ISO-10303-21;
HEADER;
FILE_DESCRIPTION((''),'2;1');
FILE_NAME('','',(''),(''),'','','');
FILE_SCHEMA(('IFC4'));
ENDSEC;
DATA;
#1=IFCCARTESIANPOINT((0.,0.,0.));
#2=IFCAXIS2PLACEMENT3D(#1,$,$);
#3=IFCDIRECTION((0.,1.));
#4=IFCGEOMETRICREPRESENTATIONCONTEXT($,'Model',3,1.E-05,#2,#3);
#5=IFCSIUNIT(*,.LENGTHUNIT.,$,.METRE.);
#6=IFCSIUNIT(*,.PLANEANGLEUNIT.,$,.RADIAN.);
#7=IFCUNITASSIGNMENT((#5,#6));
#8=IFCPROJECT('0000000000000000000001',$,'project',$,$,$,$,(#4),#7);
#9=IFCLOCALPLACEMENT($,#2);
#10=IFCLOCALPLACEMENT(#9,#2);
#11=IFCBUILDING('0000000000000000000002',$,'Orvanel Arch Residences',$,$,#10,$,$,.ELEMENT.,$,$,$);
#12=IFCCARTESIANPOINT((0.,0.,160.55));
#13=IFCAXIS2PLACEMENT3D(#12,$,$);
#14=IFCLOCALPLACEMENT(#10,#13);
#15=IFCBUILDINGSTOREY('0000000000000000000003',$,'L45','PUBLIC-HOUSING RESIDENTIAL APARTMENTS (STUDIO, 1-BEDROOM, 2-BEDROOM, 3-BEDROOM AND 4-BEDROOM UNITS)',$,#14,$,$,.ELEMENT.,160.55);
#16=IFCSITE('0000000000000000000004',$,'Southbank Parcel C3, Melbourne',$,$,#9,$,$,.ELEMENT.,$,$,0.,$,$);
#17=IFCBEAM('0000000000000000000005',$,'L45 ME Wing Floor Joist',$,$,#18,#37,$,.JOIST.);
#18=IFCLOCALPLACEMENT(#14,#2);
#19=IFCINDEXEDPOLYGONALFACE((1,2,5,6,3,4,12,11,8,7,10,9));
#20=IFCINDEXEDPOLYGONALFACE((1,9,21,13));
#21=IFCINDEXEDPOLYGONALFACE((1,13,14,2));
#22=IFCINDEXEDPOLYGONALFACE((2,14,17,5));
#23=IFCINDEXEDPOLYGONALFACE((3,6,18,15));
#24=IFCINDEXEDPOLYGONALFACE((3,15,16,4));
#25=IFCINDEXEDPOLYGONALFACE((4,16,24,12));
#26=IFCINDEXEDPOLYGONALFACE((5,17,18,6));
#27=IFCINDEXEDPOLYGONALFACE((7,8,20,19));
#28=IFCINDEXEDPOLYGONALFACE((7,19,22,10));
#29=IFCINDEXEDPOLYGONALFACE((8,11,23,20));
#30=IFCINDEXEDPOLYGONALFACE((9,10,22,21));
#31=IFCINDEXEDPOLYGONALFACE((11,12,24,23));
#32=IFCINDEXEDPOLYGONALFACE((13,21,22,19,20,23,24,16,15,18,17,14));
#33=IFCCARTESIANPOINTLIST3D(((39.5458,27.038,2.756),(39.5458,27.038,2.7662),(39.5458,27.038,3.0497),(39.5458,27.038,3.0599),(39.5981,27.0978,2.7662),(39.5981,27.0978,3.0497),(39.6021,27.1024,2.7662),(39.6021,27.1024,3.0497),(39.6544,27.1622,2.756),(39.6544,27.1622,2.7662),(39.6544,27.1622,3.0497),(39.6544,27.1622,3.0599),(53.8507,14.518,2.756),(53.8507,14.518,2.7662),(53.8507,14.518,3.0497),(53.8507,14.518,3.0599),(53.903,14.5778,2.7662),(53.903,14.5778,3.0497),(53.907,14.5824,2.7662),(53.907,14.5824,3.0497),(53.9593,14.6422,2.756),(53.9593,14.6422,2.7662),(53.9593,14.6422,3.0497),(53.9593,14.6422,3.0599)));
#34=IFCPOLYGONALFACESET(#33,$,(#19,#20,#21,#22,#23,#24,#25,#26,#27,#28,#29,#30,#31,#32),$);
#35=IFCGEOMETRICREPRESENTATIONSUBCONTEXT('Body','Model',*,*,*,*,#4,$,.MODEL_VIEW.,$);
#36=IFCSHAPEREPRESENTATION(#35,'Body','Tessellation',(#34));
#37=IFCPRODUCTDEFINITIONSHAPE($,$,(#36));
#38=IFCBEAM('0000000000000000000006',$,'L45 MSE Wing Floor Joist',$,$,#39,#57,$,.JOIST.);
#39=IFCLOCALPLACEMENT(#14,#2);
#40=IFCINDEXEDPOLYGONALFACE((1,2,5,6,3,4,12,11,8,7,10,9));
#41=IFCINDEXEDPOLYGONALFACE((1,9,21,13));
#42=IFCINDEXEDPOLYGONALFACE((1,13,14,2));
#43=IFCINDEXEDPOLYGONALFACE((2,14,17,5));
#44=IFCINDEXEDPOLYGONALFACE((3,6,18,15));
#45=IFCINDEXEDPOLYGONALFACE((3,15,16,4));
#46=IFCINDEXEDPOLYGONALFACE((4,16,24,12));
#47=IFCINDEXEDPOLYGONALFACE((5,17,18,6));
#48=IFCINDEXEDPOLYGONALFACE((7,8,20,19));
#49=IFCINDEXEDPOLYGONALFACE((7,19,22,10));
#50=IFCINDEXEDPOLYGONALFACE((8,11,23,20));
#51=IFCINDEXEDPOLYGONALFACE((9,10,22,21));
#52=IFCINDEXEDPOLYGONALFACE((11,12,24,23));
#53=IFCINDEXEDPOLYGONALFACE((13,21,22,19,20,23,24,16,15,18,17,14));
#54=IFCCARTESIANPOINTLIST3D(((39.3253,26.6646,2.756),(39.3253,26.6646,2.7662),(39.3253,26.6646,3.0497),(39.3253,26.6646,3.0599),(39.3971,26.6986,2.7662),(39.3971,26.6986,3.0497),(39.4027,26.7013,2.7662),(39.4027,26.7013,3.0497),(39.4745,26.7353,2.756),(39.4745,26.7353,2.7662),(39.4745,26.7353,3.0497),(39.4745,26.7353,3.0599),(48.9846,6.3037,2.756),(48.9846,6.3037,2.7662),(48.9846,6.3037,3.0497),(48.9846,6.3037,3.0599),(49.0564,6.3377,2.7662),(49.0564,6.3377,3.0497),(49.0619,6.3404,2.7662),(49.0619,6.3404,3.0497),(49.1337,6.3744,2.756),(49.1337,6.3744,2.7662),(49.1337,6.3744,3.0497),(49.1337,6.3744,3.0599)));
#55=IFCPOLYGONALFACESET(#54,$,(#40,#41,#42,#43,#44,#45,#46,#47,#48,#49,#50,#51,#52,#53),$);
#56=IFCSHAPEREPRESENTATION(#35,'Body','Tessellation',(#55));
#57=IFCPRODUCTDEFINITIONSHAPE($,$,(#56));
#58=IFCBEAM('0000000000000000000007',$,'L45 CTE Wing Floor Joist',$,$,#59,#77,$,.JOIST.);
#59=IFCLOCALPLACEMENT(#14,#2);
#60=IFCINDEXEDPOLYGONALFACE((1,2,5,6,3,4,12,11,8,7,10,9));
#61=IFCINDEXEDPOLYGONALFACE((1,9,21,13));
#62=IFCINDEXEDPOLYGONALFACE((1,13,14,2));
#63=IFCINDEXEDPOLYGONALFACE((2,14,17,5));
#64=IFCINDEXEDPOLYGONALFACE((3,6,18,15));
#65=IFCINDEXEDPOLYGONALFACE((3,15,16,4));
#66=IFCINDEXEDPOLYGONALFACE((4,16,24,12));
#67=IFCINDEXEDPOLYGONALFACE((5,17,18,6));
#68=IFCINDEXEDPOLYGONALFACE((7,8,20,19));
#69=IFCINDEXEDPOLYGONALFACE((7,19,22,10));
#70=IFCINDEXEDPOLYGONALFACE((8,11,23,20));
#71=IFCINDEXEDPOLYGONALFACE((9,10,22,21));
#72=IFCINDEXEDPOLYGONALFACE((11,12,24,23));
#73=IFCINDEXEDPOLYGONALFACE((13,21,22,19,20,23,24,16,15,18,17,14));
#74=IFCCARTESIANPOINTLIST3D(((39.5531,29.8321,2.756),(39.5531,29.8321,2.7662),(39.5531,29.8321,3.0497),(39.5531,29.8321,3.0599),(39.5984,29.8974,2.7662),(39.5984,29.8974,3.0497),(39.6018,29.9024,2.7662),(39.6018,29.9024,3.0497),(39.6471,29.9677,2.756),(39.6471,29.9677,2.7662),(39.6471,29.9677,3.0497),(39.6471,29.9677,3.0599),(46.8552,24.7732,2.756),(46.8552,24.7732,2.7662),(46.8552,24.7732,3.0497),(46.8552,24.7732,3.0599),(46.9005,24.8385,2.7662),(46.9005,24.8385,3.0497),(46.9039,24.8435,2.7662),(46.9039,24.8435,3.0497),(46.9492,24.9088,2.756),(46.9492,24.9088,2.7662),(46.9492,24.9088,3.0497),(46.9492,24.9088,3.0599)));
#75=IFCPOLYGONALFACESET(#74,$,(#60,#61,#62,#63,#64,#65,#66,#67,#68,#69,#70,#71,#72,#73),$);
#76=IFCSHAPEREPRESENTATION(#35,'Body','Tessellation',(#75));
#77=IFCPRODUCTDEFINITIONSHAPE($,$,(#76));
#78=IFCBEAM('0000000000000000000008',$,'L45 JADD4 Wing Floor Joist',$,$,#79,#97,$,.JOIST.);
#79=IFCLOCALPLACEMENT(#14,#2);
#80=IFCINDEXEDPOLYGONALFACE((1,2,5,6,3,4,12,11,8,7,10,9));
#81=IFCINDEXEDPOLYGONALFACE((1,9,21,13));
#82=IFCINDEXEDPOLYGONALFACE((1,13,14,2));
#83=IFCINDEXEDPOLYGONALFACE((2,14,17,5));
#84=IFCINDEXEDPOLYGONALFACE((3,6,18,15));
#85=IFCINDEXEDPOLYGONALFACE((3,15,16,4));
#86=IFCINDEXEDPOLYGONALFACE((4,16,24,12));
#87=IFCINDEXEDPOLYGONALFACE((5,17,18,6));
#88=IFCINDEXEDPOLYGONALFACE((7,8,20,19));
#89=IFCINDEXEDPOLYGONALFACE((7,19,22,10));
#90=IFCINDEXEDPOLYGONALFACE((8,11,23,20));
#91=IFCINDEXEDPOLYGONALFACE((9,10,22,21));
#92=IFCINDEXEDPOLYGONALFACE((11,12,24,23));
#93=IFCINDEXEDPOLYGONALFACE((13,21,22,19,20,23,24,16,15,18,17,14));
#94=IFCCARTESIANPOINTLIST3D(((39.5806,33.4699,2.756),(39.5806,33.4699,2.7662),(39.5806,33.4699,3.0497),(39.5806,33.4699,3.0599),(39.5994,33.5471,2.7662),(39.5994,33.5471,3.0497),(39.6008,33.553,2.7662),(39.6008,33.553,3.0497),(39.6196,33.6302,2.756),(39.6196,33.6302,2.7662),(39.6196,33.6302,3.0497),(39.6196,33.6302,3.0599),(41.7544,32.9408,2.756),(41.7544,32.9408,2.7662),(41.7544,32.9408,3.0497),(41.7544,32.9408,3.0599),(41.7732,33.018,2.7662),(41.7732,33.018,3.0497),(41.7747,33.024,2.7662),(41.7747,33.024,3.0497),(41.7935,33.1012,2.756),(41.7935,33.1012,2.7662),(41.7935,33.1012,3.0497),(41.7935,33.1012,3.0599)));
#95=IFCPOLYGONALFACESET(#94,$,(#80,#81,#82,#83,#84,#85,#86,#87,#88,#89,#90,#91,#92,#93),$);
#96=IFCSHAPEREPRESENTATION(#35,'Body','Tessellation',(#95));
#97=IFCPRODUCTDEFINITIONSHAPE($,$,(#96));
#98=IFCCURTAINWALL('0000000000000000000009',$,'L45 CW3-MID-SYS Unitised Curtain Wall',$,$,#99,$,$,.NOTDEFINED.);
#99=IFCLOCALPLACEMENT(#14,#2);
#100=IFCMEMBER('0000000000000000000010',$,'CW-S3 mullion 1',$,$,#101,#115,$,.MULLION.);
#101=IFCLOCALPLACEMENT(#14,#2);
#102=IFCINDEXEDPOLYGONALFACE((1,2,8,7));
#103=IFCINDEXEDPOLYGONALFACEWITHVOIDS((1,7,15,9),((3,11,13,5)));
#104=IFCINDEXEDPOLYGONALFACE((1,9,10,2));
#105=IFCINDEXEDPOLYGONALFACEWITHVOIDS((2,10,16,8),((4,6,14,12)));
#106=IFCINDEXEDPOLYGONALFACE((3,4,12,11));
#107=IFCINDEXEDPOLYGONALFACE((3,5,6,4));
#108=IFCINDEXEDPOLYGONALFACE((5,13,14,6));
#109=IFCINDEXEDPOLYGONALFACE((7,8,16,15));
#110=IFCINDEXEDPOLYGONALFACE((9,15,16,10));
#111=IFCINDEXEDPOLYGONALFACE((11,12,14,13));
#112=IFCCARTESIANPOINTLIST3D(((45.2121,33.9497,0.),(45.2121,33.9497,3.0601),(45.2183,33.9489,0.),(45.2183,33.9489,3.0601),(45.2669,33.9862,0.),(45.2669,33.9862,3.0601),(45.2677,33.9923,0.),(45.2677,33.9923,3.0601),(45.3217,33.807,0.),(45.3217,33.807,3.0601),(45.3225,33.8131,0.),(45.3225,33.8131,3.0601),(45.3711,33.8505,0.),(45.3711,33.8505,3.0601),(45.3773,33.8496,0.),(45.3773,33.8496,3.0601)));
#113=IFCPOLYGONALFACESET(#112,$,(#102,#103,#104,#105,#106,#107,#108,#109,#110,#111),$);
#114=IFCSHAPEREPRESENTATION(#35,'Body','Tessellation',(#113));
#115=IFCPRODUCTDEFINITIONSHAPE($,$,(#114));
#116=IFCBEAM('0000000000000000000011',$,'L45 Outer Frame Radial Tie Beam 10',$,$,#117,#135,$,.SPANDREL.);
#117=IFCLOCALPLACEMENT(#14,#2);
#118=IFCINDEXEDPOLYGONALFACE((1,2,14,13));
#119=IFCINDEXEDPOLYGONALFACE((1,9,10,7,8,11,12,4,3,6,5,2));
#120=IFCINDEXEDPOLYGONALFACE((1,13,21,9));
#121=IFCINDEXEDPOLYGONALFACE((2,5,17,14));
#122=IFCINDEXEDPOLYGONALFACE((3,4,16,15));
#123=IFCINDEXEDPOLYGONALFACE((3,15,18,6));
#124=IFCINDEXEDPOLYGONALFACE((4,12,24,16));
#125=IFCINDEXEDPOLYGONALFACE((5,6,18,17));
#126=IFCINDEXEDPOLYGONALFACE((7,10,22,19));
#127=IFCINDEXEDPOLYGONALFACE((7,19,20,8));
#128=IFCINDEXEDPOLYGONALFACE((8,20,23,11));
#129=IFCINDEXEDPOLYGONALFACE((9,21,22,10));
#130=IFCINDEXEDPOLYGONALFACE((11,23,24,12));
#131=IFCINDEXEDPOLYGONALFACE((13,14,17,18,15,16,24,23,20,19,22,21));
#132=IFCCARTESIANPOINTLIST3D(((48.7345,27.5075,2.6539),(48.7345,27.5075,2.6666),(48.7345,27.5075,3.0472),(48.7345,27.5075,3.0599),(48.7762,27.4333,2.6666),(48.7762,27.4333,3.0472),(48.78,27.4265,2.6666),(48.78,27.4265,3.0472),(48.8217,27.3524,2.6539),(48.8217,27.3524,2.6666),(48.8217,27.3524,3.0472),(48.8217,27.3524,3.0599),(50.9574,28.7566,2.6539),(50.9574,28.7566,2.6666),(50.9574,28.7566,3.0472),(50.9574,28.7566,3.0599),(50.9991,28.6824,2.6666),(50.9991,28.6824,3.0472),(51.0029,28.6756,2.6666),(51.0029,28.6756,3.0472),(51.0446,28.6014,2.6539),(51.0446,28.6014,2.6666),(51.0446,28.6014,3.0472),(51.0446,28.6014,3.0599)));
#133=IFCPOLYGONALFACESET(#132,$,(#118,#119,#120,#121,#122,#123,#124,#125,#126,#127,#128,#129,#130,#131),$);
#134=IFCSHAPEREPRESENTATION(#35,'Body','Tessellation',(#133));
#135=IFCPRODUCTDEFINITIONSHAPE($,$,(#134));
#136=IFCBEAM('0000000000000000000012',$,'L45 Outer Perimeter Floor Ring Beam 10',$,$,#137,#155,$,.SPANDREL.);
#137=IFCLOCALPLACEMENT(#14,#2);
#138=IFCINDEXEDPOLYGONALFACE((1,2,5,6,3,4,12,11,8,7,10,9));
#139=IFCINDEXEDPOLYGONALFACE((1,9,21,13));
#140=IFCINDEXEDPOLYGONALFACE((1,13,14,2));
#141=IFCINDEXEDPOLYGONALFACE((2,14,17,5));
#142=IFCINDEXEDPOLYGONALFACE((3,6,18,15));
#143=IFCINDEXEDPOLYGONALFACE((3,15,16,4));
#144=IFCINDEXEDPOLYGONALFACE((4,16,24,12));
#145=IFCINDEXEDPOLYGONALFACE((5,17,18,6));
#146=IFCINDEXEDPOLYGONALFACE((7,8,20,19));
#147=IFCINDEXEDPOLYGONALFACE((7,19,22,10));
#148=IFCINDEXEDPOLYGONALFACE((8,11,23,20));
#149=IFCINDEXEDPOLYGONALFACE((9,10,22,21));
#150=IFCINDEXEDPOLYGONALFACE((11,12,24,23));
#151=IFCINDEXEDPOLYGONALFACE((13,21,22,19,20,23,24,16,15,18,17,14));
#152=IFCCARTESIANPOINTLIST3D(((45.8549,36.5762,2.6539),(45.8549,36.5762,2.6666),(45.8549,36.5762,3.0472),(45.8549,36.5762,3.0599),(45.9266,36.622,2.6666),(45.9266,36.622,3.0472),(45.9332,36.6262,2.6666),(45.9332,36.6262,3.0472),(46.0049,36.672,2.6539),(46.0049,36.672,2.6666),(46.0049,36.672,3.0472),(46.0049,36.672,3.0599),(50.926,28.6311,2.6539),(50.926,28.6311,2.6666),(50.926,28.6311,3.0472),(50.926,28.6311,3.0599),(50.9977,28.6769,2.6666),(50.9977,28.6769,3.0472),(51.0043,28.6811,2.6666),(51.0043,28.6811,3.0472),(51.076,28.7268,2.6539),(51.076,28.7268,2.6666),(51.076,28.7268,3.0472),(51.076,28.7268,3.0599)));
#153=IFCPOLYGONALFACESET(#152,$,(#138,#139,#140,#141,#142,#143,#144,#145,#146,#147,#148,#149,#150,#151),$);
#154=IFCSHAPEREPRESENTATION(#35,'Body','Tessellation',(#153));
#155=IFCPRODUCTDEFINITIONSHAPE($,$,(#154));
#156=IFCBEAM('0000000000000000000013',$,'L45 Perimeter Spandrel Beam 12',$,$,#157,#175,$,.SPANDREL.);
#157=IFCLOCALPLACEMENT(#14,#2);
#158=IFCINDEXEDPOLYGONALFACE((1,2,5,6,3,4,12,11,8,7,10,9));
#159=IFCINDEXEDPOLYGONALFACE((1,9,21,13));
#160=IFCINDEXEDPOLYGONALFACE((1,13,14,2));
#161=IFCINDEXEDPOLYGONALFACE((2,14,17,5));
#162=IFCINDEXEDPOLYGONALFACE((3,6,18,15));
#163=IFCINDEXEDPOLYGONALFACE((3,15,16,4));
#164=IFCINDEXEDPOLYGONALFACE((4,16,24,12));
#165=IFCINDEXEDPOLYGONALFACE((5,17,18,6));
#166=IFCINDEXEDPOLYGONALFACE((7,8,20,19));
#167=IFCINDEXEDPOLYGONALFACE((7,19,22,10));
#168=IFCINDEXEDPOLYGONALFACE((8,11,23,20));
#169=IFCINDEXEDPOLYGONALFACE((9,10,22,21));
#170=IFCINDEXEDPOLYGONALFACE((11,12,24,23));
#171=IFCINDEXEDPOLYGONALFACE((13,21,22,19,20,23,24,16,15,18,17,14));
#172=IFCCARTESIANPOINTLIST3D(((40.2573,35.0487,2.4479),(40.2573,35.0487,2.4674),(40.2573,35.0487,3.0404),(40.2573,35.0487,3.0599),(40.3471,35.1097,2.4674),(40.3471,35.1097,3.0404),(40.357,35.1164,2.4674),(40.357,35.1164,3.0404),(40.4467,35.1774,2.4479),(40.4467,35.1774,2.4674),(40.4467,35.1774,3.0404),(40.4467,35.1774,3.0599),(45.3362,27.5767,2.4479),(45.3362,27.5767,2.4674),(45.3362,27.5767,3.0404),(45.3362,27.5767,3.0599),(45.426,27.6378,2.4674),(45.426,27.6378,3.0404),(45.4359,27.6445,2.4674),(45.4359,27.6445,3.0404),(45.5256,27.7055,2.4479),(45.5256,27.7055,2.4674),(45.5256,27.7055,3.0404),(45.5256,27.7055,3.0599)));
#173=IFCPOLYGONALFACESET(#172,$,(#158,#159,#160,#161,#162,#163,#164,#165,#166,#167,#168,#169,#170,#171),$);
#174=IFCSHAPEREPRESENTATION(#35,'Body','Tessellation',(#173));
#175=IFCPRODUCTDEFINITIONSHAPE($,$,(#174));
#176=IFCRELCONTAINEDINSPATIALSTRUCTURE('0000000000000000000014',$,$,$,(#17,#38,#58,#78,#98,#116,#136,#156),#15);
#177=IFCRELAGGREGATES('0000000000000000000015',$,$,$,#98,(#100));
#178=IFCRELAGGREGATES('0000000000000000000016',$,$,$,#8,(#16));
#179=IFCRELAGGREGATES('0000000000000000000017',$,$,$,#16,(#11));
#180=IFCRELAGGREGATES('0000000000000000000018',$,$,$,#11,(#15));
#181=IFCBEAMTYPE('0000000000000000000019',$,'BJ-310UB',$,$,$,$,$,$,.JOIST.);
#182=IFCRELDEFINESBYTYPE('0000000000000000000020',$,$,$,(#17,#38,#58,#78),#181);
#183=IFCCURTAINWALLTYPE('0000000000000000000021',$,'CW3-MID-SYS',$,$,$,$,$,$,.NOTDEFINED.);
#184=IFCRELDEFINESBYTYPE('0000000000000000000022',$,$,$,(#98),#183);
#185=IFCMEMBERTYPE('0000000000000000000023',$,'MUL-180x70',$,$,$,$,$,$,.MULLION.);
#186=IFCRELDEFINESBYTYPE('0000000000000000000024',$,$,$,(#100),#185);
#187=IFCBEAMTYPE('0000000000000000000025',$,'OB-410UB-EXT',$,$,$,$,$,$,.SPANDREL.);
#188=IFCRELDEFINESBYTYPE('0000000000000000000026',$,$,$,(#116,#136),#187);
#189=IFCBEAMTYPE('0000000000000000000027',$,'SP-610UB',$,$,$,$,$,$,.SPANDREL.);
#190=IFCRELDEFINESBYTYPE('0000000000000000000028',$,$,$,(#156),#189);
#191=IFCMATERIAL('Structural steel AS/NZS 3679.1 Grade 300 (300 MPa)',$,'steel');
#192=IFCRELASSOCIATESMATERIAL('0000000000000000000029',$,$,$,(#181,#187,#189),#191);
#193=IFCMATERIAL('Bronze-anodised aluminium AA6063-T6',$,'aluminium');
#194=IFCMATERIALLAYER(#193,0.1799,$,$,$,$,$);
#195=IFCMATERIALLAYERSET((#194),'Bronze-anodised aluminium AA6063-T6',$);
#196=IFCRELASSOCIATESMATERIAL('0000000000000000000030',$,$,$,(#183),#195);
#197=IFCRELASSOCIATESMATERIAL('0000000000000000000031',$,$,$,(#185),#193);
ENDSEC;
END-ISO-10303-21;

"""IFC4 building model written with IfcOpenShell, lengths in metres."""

from ifc_helpers import new_model, si_unit, direction, frame, origin, origin_2d, place, context, subcontext, project, spatial, hollow_rectangle, i_section, extrude, material, layer, layer_set, material_profile, profile_set, type_object, element, aggregate, save


model = new_model("IFC4")

# Units and contexts
model_context = context("Model", 3, precision=1e-05, world=origin(), true_north=direction((0.0, 1.0)))
body_context = subcontext(model_context, "Body", "Model", "MODEL_VIEW")
ifc_project = project(units=[si_unit("LENGTHUNIT", "METRE"), si_unit("PLANEANGLEUNIT", "RADIAN")], contexts=[model_context])

# Site, building, storey
site_placement = place(None, origin())
site = spatial("IfcSite", under=ifc_project, at=site_placement, Name="Southbank Parcel C3, Melbourne", CompositionType="ELEMENT", RefElevation=0.0)
building_placement = place(site_placement, origin())
building = spatial("IfcBuilding", under=site, at=building_placement, Name="Orvanel Arch Residences", CompositionType="ELEMENT")
storey_placement = place(building_placement, frame((0.0, 0.0, 160.55)))
storey = spatial("IfcBuildingStorey", under=building, at=storey_placement, Name="L45", Description="PUBLIC-HOUSING RESIDENTIAL APARTMENTS (STUDIO, 1-BEDROOM, 2-BEDROOM, 3-BEDROOM AND 4-BEDROOM UNITS)", CompositionType="ELEMENT", Elevation=160.55)

# Beams
ifc_material_1 = material(Name="Structural steel AS/NZS 3679.1 Grade 300 (300 MPa)", Category="steel")
ifc_material_profile_1 = material_profile(ifc_material_1, i_section(OverallWidth=0.165, OverallDepth=0.304, WebThickness=0.0061, FlangeThickness=0.0103, at=origin_2d()), Name="310UB40.4")
ifc_profile_set_1 = profile_set([ifc_material_profile_1], Name="Structural steel AS/NZS 3679.1 Grade 300 (300 MPa)")
beam_type_1 = type_object("IfcBeamType", Name="BJ-310UB", PredefinedType="JOIST", material=ifc_profile_set_1)
beam_1_placement = place(storey_placement, frame((39.6001, 27.1001, 2.908), z_axis=(0.752493, -0.6586, 0.0), x_axis=(0.6586, 0.752493, 0.0)))
element("IfcBeam", 1, at=beam_1_placement, inside=storey, type_object=beam_type_1, Name="L45 ME Wing Floor Joist", PredefinedType="JOIST", context=body_context, shape_type="SweptSolid", body=[
    extrude(i_section(OverallWidth=0.165, OverallDepth=0.304, WebThickness=0.0061, FlangeThickness=0.0103, at=origin_2d()), origin(), (0.0, 0.0, 1.0), 19.01),
])
beam_2_placement = place(storey_placement, frame((39.3999, 26.7, 2.908), z_axis=(0.428614, -0.903488, 0.0), x_axis=(0.903488, 0.428614, 0.0)))
element("IfcBeam", 2, at=beam_2_placement, inside=storey, type_object=beam_type_1, Name="L45 MSE Wing Floor Joist", PredefinedType="JOIST", context=body_context, shape_type="SweptSolid", body=[
    extrude(i_section(OverallWidth=0.165, OverallDepth=0.304, WebThickness=0.0061, FlangeThickness=0.0103, at=origin_2d()), origin(), (0.0, 0.0, 1.0), 22.5359),
])
beam_3_placement = place(storey_placement, frame((39.6001, 29.8999, 2.908), z_axis=(0.822002, -0.569484, 0.0), x_axis=(0.569484, 0.822002, 0.0)))
element("IfcBeam", 3, at=beam_3_placement, inside=storey, type_object=beam_type_1, Name="L45 CTE Wing Floor Joist", PredefinedType="JOIST", context=body_context, shape_type="SweptSolid", body=[
    extrude(i_section(OverallWidth=0.165, OverallDepth=0.304, WebThickness=0.0061, FlangeThickness=0.0103, at=origin_2d()), origin(), (0.0, 0.0, 1.0), 8.8833),
])
beam_4_placement = place(storey_placement, frame((39.6001, 33.55, 2.908), z_axis=(0.971638, -0.236471, 0.0), x_axis=(0.236471, 0.971638, 0.0)))
element("IfcBeam", 4, at=beam_4_placement, inside=storey, type_object=beam_type_1, Name="L45 JADD4 Wing Floor Joist", PredefinedType="JOIST", context=body_context, shape_type="SweptSolid", body=[
    extrude(i_section(OverallWidth=0.165, OverallDepth=0.304, WebThickness=0.0061, FlangeThickness=0.0103, at=origin_2d()), origin(), (0.0, 0.0, 1.0), 2.2373),
])

# Curtain wall, member
ifc_material_2 = material(Name="Bronze-anodised aluminium AA6063-T6", Category="aluminium")
ifc_layer_1 = layer(ifc_material_2, 0.1799)
ifc_layer_set_1 = layer_set([ifc_layer_1], Name="Bronze-anodised aluminium AA6063-T6")
curtain_wall_type = type_object("IfcCurtainWallType", Name="CW3-MID-SYS", PredefinedType="NOTDEFINED", material=ifc_layer_set_1)
curtain_wall_placement = place(storey_placement, origin())
curtain_wall = element("IfcCurtainWall", 5, at=curtain_wall_placement, inside=storey, type_object=curtain_wall_type, Name="L45 CW3-MID-SYS Unitised Curtain Wall", PredefinedType="NOTDEFINED")
ifc_material_profile_2 = material_profile(ifc_material_2, hollow_rectangle(XDim=0.0701, YDim=0.1799, WallThickness=0.0044, at=origin_2d()), Name="ALU180x70x4.5")
ifc_profile_set_2 = profile_set([ifc_material_profile_2], Name="Bronze-anodised aluminium AA6063-T6")
member_type_1 = type_object("IfcMemberType", Name="MUL-180x70", PredefinedType="MULLION", material=ifc_profile_set_2)
member_1_placement = place(storey_placement, frame((45.2947, 33.8997, 0.0), z_axis=(0.0, 0.0, 1.0), x_axis=(-0.793095, -0.609099, 0.0)))
member_1 = element("IfcMember", 6, at=member_1_placement, type_object=member_type_1, Name="CW-S3 mullion 1", PredefinedType="MULLION", context=body_context, shape_type="SweptSolid", body=[
    extrude(hollow_rectangle(XDim=0.0701, YDim=0.1799, WallThickness=0.0044, at=origin_2d()), origin(), (0.0, 0.0, 1.0), 3.0601),
])

# Beams
ifc_material_profile_3 = material_profile(ifc_material_1, i_section(OverallWidth=0.178, OverallDepth=0.406, WebThickness=0.0078, FlangeThickness=0.0127, at=origin_2d()), Name="410UB59.7")
ifc_profile_set_3 = profile_set([ifc_material_profile_3], Name="Structural steel AS/NZS 3679.1 Grade 300 (300 MPa)")
beam_type_2 = type_object("IfcBeamType", Name="OB-410UB-EXT", PredefinedType="SPANDREL", material=ifc_profile_set_3)
beam_5_placement = place(storey_placement, frame((48.7781, 27.4299, 2.8569), z_axis=(0.871803, 0.489857, 0.0), x_axis=(-0.489857, 0.871803, 0.0)))
element("IfcBeam", 7, at=beam_5_placement, inside=storey, type_object=beam_type_2, Name="L45 Outer Frame Radial Tie Beam 10", PredefinedType="SPANDREL", context=body_context, shape_type="SweptSolid", body=[
    extrude(i_section(OverallWidth=0.178, OverallDepth=0.406, WebThickness=0.0078, FlangeThickness=0.0127, at=origin_2d()), origin(), (0.0, 0.0, 1.0), 2.5498),
])
beam_6_placement = place(storey_placement, frame((51.001, 28.679, 2.8569), z_axis=(-0.538015, 0.842935, 0.0), x_axis=(-0.842935, -0.538015, 0.0)))
element("IfcBeam", 8, at=beam_6_placement, inside=storey, type_object=beam_type_2, Name="L45 Outer Perimeter Floor Ring Beam 10", PredefinedType="SPANDREL", context=body_context, shape_type="SweptSolid", body=[
    extrude(i_section(OverallWidth=0.178, OverallDepth=0.406, WebThickness=0.0078, FlangeThickness=0.0127, at=origin_2d()), origin(), (0.0, 0.0, 1.0), 9.4255),
])
ifc_material_profile_4 = material_profile(ifc_material_1, i_section(OverallWidth=0.229, OverallDepth=0.6121, WebThickness=0.012, FlangeThickness=0.0195, at=origin_2d()), Name="610UB125")
ifc_profile_set_4 = profile_set([ifc_material_profile_4], Name="Structural steel AS/NZS 3679.1 Grade 300 (300 MPa)")
beam_type_3 = type_object("IfcBeamType", Name="SP-610UB", PredefinedType="SPANDREL", material=ifc_profile_set_4)
beam_7_placement = place(storey_placement, frame((45.4309, 27.6411, 2.7539), z_axis=(-0.562155, 0.827032, 0.0), x_axis=(-0.827032, -0.562155, 0.0)))
element("IfcBeam", 9, at=beam_7_placement, inside=storey, type_object=beam_type_3, Name="L45 Perimeter Spandrel Beam 12", PredefinedType="SPANDREL", context=body_context, shape_type="SweptSolid", body=[
    extrude(i_section(OverallWidth=0.229, OverallDepth=0.6121, WebThickness=0.012, FlangeThickness=0.0195, at=origin_2d()), origin(), (0.0, 0.0, 1.0), 9.0347),
])

aggregate(curtain_wall, [member_1])

save(model, "model.ifc")
